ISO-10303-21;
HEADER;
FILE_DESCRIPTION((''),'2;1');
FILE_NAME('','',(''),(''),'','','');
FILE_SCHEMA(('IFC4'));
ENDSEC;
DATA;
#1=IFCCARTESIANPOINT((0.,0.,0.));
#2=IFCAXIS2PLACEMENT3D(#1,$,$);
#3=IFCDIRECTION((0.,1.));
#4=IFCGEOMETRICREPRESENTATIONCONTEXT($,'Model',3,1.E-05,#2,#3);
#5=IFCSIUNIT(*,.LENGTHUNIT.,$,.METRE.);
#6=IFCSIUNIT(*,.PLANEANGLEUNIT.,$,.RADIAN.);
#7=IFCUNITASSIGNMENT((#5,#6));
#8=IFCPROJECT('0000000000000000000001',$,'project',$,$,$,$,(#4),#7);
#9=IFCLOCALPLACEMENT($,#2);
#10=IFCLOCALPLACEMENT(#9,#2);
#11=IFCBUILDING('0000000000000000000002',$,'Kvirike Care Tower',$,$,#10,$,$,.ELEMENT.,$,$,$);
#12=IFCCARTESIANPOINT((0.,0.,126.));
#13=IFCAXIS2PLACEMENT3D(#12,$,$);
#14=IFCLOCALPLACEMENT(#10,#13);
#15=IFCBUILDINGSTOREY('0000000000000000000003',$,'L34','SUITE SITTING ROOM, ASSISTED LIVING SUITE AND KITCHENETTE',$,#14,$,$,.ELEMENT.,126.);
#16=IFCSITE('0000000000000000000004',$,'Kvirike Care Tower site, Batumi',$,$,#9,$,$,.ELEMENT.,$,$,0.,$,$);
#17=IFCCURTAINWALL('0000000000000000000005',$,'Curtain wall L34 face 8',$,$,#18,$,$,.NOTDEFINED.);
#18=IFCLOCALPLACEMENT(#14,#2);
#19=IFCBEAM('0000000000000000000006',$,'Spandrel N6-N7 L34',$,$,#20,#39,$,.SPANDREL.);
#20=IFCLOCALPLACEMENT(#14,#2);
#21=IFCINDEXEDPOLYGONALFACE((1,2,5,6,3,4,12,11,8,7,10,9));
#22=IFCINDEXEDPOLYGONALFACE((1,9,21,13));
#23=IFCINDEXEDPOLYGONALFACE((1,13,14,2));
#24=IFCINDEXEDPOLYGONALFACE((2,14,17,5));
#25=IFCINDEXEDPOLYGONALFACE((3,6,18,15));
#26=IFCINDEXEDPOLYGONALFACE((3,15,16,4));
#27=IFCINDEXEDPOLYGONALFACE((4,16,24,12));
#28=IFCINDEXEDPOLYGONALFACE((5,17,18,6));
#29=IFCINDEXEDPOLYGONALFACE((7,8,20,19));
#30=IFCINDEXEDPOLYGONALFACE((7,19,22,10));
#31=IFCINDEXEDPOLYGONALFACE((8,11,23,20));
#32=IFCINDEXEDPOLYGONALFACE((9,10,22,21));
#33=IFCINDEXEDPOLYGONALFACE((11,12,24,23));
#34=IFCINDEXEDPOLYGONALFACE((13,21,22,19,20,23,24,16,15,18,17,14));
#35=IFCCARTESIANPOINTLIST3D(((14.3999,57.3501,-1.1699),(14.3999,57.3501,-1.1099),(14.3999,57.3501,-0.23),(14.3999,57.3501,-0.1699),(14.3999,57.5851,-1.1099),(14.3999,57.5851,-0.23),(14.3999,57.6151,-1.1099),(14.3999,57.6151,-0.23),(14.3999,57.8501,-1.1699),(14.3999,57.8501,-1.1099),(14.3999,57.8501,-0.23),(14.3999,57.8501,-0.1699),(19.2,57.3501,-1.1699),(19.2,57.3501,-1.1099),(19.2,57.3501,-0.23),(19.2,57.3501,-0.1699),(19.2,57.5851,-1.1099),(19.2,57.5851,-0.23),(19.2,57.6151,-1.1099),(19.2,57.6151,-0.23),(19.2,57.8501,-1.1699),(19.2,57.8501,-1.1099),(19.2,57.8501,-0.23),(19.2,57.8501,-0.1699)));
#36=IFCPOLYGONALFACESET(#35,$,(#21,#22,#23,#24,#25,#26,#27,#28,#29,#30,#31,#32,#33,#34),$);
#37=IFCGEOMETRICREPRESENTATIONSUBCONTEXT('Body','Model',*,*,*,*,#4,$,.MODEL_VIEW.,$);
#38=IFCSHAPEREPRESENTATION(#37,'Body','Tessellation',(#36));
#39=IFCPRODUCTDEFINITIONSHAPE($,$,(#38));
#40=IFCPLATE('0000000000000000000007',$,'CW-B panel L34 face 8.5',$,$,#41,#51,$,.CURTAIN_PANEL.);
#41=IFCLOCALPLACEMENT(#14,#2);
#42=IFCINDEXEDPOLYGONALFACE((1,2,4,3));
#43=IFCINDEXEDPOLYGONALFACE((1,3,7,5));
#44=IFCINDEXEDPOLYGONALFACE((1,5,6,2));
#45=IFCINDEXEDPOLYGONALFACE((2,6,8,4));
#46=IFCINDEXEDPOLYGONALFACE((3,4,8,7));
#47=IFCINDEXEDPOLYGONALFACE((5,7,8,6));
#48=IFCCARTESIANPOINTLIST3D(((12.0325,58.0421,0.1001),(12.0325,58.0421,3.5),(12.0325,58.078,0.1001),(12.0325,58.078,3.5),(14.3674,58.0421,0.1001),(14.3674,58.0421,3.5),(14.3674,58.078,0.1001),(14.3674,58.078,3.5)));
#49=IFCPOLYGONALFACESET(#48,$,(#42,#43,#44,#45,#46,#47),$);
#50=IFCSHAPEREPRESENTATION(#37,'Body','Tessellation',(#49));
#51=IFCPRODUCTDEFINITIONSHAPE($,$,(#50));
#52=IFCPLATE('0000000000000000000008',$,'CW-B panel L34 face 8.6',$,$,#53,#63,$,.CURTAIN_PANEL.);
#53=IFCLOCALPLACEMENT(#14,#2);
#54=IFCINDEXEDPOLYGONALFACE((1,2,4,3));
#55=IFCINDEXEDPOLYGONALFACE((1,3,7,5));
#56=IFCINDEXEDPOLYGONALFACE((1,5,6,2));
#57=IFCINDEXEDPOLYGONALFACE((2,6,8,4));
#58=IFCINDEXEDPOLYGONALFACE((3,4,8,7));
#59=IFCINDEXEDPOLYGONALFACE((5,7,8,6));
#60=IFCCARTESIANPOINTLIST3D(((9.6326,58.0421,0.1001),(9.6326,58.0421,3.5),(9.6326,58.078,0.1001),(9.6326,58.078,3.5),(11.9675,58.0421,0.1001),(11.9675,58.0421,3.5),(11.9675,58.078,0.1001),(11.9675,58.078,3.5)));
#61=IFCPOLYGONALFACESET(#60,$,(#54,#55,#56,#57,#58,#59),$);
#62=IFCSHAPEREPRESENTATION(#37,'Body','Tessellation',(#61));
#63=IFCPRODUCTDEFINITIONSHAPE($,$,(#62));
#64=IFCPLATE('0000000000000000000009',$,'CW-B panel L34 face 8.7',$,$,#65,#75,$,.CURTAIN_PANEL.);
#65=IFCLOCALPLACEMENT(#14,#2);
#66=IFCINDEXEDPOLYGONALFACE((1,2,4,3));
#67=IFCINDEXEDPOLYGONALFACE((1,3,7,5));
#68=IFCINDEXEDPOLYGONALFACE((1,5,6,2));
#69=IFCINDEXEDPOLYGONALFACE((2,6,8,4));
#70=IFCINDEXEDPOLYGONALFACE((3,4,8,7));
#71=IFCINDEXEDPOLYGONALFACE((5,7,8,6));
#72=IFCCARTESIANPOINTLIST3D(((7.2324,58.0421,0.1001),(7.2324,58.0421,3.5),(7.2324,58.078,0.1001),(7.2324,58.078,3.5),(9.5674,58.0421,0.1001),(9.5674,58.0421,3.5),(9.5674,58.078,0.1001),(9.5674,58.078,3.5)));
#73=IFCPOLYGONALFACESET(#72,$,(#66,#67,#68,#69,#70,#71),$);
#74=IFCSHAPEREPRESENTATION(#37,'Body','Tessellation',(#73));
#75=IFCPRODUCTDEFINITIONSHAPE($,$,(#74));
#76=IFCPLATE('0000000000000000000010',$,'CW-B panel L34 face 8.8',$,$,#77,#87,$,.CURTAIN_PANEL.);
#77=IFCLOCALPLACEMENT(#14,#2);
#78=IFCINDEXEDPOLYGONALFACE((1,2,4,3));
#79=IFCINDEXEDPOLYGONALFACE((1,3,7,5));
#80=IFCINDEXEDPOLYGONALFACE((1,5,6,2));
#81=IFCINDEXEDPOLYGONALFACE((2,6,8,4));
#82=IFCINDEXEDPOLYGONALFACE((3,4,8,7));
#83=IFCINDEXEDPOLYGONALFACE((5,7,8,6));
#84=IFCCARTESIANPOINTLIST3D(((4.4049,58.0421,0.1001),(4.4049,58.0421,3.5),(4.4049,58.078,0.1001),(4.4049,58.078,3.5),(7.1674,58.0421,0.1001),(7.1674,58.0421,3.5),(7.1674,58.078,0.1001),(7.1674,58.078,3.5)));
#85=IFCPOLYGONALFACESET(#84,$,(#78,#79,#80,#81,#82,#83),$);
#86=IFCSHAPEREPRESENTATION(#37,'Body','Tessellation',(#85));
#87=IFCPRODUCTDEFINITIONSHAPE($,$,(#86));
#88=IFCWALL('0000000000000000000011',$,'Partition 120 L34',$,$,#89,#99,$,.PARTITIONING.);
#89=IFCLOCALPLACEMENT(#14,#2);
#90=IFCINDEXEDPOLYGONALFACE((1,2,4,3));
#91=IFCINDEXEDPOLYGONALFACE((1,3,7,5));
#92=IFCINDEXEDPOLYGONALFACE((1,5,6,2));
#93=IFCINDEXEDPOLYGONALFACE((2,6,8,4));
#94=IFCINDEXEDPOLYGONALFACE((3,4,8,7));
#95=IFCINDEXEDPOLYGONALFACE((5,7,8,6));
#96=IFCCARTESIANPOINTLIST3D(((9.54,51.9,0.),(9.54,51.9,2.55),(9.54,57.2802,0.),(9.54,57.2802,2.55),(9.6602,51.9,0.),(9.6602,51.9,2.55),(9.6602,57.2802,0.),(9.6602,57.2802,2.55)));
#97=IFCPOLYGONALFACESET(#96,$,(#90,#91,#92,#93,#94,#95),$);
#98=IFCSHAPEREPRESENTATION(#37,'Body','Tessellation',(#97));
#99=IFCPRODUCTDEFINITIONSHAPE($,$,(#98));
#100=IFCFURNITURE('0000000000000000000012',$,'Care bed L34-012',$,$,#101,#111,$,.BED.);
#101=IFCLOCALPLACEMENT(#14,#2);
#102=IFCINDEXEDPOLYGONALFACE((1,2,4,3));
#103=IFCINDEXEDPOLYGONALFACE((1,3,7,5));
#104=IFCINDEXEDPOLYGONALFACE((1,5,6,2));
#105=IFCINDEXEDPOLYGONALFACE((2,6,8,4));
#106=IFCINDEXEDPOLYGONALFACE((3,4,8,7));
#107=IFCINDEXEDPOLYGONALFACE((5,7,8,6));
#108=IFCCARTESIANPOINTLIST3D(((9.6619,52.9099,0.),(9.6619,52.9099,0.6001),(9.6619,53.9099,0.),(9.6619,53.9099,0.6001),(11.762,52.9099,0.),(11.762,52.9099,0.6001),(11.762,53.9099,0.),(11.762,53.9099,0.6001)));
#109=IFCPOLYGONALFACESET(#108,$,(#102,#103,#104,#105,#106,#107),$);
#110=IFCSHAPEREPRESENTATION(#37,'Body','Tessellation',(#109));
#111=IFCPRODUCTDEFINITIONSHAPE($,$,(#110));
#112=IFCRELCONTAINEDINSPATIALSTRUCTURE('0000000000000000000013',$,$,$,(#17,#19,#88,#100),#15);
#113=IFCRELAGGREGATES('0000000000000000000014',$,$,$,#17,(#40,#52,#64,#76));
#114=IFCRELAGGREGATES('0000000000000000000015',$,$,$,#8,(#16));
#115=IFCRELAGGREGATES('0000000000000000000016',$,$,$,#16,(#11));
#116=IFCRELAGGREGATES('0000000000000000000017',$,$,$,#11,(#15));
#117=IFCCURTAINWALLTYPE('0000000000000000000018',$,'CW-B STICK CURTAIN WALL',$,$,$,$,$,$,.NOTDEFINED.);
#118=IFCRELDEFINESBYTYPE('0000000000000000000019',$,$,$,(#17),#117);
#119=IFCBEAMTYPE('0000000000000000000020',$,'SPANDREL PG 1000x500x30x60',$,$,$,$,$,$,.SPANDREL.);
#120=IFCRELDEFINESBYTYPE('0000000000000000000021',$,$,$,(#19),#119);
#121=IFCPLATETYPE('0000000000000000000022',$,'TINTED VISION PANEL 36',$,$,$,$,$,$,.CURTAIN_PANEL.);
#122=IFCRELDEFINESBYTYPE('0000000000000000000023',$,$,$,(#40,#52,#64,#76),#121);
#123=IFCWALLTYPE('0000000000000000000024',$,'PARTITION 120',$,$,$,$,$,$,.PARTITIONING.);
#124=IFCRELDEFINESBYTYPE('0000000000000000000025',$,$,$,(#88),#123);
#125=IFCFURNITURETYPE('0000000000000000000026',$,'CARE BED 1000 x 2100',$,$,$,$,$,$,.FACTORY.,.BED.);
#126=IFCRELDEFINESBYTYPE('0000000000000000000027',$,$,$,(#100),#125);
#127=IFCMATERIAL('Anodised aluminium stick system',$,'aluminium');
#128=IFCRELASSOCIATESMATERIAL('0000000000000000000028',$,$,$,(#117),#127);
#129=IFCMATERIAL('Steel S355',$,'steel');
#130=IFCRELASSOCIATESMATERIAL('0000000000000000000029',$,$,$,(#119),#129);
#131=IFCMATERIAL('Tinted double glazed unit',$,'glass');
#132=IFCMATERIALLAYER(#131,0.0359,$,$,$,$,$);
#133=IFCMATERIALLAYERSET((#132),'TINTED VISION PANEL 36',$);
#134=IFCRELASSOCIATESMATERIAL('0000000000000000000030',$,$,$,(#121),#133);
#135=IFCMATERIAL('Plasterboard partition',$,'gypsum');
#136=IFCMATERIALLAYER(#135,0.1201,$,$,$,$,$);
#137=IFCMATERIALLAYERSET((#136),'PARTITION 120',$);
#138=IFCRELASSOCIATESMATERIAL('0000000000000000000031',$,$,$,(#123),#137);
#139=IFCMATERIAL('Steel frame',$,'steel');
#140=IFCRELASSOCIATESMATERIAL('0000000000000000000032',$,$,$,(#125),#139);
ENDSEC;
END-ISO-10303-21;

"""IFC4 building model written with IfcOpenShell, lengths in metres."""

from ifc_helpers import new_model, si_unit, direction, frame, frame_2d, origin, origin_2d, place, context, subcontext, project, spatial, rectangle, i_section, extrude, material, layer, layer_set, material_profile, profile_set, type_object, element, aggregate, save


model = new_model("IFC4")

# Units and contexts
model_context = context("Model", 3, precision=1e-05, world=origin(), true_north=direction((0.0, 1.0)))
body_context = subcontext(model_context, "Body", "Model", "MODEL_VIEW")
ifc_project = project(units=[si_unit("LENGTHUNIT", "METRE"), si_unit("PLANEANGLEUNIT", "RADIAN")], contexts=[model_context])

# Site, building, storey
site_placement = place(None, origin())
site = spatial("IfcSite", under=ifc_project, at=site_placement, Name="Kvirike Care Tower site, Batumi", CompositionType="ELEMENT", RefElevation=0.0)
building_placement = place(site_placement, origin())
building = spatial("IfcBuilding", under=site, at=building_placement, Name="Kvirike Care Tower", CompositionType="ELEMENT")
storey_placement = place(building_placement, frame((0.0, 0.0, 126.0)))
storey = spatial("IfcBuildingStorey", under=building, at=storey_placement, Name="L34", Description="SUITE SITTING ROOM, ASSISTED LIVING SUITE AND KITCHENETTE", CompositionType="ELEMENT", Elevation=126.0)

# Curtain wall
ifc_material_1 = material(Name="Anodised aluminium stick system", Category="aluminium")
curtain_wall_type = type_object("IfcCurtainWallType", Name="CW-B STICK CURTAIN WALL", PredefinedType="NOTDEFINED", material=ifc_material_1)
curtain_wall_placement = place(storey_placement, origin())
curtain_wall = element("IfcCurtainWall", 1, at=curtain_wall_placement, inside=storey, type_object=curtain_wall_type, Name="Curtain wall L34 face 8", PredefinedType="NOTDEFINED")

# Beam
ifc_material_2 = material(Name="Steel S355", Category="steel")
ifc_material_profile_1 = material_profile(ifc_material_2, i_section(OverallWidth=0.5, OverallDepth=1.0, WebThickness=0.03, FlangeThickness=0.0601, at=origin_2d()), Name="PG 1000x500x30x60")
ifc_profile_set_1 = profile_set([ifc_material_profile_1], Name="Steel S355")
beam_type = type_object("IfcBeamType", Name="SPANDREL PG 1000x500x30x60", PredefinedType="SPANDREL", material=ifc_profile_set_1)
beam_1_placement = place(storey_placement, frame((14.3999, 57.6001, -0.6699), z_axis=(1.0, 0.0, 0.0), x_axis=(0.0, 1.0, 0.0)))
element("IfcBeam", 2, at=beam_1_placement, inside=storey, type_object=beam_type, Name="Spandrel N6-N7 L34", PredefinedType="SPANDREL", context=body_context, shape_type="SweptSolid", body=[
    extrude(i_section(OverallWidth=0.5, OverallDepth=1.0, WebThickness=0.03, FlangeThickness=0.0601, at=origin_2d()), origin(), (0.0, 0.0, 1.0), 4.8),
])

# Plates
ifc_material_3 = material(Name="Tinted double glazed unit", Category="glass")
ifc_layer_1 = layer(ifc_material_3, 0.0359)
ifc_layer_set_1 = layer_set([ifc_layer_1], Name="TINTED VISION PANEL 36")
plate_type = type_object("IfcPlateType", Name="TINTED VISION PANEL 36", PredefinedType="CURTAIN_PANEL", material=ifc_layer_set_1)
plate_1_placement = place(storey_placement, frame((13.2, 58.0601, 0.1001), z_axis=(0.0, 0.0, 1.0), x_axis=(-1.0, 0.0, 0.0)))
plate_1 = element("IfcPlate", 3, at=plate_1_placement, type_object=plate_type, Name="CW-B panel L34 face 8.5", PredefinedType="CURTAIN_PANEL", context=body_context, shape_type="SweptSolid", body=[
    extrude(rectangle(XDim=2.335, YDim=0.0359, at=origin_2d()), origin(), (0.0, 0.0, 1.0), 3.3999),
])
plate_2_placement = place(storey_placement, frame((10.8, 58.0601, 0.1001), z_axis=(0.0, 0.0, 1.0), x_axis=(-1.0, 0.0, 0.0)))
plate_2 = element("IfcPlate", 4, at=plate_2_placement, type_object=plate_type, Name="CW-B panel L34 face 8.6", PredefinedType="CURTAIN_PANEL", context=body_context, shape_type="SweptSolid", body=[
    extrude(rectangle(XDim=2.335, YDim=0.0359, at=origin_2d()), origin(), (0.0, 0.0, 1.0), 3.3999),
])
plate_3_placement = place(storey_placement, frame((8.3999, 58.0601, 0.1001), z_axis=(0.0, 0.0, 1.0), x_axis=(-1.0, 0.0, 0.0)))
plate_3 = element("IfcPlate", 5, at=plate_3_placement, type_object=plate_type, Name="CW-B panel L34 face 8.7", PredefinedType="CURTAIN_PANEL", context=body_context, shape_type="SweptSolid", body=[
    extrude(rectangle(XDim=2.335, YDim=0.0359, at=origin_2d()), origin(), (0.0, 0.0, 1.0), 3.3999),
])
plate_4_placement = place(storey_placement, frame((5.7861, 58.0601, 0.1001), z_axis=(0.0, 0.0, 1.0), x_axis=(-1.0, 0.0, 0.0)))
plate_4 = element("IfcPlate", 6, at=plate_4_placement, type_object=plate_type, Name="CW-B panel L34 face 8.8", PredefinedType="CURTAIN_PANEL", context=body_context, shape_type="SweptSolid", body=[
    extrude(rectangle(XDim=2.7625, YDim=0.0359, at=origin_2d()), origin(), (0.0, 0.0, 1.0), 3.3999),
])
aggregate(curtain_wall, [plate_1, plate_2, plate_3, plate_4])

# Wall
ifc_material_4 = material(Name="Plasterboard partition", Category="gypsum")
ifc_layer_2 = layer(ifc_material_4, 0.1201)
ifc_layer_set_2 = layer_set([ifc_layer_2], Name="PARTITION 120")
wall_type = type_object("IfcWallType", Name="PARTITION 120", PredefinedType="PARTITIONING", material=ifc_layer_set_2)
wall_placement = place(storey_placement, frame((9.6001, 57.28, 0.0), z_axis=(0.0, 0.0, 1.0), x_axis=(0.0, -1.0, 0.0)))
element("IfcWall", 7, at=wall_placement, inside=storey, type_object=wall_type, Name="Partition 120 L34", PredefinedType="PARTITIONING", context=body_context, shape_type="SweptSolid", body=[
    extrude(rectangle(XDim=5.3801, YDim=0.1201, at=frame_2d((2.6899, 0.0))), origin(), (0.0, 0.0, 1.0), 2.55),
])

# Furniture
ifc_material_5 = material(Name="Steel frame", Category="steel")
furniture_type = type_object("IfcFurnitureType", Name="CARE BED 1000 x 2100", AssemblyPlace="FACTORY", PredefinedType="BED", material=ifc_material_5)
furniture_placement = place(storey_placement, frame((10.7119, 53.4099, 0.0), z_axis=(0.0, 0.0, 1.0), x_axis=(0.0, 1.0, 0.0)))
element("IfcFurniture", 8, at=furniture_placement, inside=storey, type_object=furniture_type, Name="Care bed L34-012", PredefinedType="BED", context=body_context, shape_type="SweptSolid", body=[
    extrude(rectangle(XDim=1.0, YDim=2.1001, at=origin_2d()), origin(), (0.0, 0.0, 1.0), 0.6001),
])

save(model, "model.ifc")
